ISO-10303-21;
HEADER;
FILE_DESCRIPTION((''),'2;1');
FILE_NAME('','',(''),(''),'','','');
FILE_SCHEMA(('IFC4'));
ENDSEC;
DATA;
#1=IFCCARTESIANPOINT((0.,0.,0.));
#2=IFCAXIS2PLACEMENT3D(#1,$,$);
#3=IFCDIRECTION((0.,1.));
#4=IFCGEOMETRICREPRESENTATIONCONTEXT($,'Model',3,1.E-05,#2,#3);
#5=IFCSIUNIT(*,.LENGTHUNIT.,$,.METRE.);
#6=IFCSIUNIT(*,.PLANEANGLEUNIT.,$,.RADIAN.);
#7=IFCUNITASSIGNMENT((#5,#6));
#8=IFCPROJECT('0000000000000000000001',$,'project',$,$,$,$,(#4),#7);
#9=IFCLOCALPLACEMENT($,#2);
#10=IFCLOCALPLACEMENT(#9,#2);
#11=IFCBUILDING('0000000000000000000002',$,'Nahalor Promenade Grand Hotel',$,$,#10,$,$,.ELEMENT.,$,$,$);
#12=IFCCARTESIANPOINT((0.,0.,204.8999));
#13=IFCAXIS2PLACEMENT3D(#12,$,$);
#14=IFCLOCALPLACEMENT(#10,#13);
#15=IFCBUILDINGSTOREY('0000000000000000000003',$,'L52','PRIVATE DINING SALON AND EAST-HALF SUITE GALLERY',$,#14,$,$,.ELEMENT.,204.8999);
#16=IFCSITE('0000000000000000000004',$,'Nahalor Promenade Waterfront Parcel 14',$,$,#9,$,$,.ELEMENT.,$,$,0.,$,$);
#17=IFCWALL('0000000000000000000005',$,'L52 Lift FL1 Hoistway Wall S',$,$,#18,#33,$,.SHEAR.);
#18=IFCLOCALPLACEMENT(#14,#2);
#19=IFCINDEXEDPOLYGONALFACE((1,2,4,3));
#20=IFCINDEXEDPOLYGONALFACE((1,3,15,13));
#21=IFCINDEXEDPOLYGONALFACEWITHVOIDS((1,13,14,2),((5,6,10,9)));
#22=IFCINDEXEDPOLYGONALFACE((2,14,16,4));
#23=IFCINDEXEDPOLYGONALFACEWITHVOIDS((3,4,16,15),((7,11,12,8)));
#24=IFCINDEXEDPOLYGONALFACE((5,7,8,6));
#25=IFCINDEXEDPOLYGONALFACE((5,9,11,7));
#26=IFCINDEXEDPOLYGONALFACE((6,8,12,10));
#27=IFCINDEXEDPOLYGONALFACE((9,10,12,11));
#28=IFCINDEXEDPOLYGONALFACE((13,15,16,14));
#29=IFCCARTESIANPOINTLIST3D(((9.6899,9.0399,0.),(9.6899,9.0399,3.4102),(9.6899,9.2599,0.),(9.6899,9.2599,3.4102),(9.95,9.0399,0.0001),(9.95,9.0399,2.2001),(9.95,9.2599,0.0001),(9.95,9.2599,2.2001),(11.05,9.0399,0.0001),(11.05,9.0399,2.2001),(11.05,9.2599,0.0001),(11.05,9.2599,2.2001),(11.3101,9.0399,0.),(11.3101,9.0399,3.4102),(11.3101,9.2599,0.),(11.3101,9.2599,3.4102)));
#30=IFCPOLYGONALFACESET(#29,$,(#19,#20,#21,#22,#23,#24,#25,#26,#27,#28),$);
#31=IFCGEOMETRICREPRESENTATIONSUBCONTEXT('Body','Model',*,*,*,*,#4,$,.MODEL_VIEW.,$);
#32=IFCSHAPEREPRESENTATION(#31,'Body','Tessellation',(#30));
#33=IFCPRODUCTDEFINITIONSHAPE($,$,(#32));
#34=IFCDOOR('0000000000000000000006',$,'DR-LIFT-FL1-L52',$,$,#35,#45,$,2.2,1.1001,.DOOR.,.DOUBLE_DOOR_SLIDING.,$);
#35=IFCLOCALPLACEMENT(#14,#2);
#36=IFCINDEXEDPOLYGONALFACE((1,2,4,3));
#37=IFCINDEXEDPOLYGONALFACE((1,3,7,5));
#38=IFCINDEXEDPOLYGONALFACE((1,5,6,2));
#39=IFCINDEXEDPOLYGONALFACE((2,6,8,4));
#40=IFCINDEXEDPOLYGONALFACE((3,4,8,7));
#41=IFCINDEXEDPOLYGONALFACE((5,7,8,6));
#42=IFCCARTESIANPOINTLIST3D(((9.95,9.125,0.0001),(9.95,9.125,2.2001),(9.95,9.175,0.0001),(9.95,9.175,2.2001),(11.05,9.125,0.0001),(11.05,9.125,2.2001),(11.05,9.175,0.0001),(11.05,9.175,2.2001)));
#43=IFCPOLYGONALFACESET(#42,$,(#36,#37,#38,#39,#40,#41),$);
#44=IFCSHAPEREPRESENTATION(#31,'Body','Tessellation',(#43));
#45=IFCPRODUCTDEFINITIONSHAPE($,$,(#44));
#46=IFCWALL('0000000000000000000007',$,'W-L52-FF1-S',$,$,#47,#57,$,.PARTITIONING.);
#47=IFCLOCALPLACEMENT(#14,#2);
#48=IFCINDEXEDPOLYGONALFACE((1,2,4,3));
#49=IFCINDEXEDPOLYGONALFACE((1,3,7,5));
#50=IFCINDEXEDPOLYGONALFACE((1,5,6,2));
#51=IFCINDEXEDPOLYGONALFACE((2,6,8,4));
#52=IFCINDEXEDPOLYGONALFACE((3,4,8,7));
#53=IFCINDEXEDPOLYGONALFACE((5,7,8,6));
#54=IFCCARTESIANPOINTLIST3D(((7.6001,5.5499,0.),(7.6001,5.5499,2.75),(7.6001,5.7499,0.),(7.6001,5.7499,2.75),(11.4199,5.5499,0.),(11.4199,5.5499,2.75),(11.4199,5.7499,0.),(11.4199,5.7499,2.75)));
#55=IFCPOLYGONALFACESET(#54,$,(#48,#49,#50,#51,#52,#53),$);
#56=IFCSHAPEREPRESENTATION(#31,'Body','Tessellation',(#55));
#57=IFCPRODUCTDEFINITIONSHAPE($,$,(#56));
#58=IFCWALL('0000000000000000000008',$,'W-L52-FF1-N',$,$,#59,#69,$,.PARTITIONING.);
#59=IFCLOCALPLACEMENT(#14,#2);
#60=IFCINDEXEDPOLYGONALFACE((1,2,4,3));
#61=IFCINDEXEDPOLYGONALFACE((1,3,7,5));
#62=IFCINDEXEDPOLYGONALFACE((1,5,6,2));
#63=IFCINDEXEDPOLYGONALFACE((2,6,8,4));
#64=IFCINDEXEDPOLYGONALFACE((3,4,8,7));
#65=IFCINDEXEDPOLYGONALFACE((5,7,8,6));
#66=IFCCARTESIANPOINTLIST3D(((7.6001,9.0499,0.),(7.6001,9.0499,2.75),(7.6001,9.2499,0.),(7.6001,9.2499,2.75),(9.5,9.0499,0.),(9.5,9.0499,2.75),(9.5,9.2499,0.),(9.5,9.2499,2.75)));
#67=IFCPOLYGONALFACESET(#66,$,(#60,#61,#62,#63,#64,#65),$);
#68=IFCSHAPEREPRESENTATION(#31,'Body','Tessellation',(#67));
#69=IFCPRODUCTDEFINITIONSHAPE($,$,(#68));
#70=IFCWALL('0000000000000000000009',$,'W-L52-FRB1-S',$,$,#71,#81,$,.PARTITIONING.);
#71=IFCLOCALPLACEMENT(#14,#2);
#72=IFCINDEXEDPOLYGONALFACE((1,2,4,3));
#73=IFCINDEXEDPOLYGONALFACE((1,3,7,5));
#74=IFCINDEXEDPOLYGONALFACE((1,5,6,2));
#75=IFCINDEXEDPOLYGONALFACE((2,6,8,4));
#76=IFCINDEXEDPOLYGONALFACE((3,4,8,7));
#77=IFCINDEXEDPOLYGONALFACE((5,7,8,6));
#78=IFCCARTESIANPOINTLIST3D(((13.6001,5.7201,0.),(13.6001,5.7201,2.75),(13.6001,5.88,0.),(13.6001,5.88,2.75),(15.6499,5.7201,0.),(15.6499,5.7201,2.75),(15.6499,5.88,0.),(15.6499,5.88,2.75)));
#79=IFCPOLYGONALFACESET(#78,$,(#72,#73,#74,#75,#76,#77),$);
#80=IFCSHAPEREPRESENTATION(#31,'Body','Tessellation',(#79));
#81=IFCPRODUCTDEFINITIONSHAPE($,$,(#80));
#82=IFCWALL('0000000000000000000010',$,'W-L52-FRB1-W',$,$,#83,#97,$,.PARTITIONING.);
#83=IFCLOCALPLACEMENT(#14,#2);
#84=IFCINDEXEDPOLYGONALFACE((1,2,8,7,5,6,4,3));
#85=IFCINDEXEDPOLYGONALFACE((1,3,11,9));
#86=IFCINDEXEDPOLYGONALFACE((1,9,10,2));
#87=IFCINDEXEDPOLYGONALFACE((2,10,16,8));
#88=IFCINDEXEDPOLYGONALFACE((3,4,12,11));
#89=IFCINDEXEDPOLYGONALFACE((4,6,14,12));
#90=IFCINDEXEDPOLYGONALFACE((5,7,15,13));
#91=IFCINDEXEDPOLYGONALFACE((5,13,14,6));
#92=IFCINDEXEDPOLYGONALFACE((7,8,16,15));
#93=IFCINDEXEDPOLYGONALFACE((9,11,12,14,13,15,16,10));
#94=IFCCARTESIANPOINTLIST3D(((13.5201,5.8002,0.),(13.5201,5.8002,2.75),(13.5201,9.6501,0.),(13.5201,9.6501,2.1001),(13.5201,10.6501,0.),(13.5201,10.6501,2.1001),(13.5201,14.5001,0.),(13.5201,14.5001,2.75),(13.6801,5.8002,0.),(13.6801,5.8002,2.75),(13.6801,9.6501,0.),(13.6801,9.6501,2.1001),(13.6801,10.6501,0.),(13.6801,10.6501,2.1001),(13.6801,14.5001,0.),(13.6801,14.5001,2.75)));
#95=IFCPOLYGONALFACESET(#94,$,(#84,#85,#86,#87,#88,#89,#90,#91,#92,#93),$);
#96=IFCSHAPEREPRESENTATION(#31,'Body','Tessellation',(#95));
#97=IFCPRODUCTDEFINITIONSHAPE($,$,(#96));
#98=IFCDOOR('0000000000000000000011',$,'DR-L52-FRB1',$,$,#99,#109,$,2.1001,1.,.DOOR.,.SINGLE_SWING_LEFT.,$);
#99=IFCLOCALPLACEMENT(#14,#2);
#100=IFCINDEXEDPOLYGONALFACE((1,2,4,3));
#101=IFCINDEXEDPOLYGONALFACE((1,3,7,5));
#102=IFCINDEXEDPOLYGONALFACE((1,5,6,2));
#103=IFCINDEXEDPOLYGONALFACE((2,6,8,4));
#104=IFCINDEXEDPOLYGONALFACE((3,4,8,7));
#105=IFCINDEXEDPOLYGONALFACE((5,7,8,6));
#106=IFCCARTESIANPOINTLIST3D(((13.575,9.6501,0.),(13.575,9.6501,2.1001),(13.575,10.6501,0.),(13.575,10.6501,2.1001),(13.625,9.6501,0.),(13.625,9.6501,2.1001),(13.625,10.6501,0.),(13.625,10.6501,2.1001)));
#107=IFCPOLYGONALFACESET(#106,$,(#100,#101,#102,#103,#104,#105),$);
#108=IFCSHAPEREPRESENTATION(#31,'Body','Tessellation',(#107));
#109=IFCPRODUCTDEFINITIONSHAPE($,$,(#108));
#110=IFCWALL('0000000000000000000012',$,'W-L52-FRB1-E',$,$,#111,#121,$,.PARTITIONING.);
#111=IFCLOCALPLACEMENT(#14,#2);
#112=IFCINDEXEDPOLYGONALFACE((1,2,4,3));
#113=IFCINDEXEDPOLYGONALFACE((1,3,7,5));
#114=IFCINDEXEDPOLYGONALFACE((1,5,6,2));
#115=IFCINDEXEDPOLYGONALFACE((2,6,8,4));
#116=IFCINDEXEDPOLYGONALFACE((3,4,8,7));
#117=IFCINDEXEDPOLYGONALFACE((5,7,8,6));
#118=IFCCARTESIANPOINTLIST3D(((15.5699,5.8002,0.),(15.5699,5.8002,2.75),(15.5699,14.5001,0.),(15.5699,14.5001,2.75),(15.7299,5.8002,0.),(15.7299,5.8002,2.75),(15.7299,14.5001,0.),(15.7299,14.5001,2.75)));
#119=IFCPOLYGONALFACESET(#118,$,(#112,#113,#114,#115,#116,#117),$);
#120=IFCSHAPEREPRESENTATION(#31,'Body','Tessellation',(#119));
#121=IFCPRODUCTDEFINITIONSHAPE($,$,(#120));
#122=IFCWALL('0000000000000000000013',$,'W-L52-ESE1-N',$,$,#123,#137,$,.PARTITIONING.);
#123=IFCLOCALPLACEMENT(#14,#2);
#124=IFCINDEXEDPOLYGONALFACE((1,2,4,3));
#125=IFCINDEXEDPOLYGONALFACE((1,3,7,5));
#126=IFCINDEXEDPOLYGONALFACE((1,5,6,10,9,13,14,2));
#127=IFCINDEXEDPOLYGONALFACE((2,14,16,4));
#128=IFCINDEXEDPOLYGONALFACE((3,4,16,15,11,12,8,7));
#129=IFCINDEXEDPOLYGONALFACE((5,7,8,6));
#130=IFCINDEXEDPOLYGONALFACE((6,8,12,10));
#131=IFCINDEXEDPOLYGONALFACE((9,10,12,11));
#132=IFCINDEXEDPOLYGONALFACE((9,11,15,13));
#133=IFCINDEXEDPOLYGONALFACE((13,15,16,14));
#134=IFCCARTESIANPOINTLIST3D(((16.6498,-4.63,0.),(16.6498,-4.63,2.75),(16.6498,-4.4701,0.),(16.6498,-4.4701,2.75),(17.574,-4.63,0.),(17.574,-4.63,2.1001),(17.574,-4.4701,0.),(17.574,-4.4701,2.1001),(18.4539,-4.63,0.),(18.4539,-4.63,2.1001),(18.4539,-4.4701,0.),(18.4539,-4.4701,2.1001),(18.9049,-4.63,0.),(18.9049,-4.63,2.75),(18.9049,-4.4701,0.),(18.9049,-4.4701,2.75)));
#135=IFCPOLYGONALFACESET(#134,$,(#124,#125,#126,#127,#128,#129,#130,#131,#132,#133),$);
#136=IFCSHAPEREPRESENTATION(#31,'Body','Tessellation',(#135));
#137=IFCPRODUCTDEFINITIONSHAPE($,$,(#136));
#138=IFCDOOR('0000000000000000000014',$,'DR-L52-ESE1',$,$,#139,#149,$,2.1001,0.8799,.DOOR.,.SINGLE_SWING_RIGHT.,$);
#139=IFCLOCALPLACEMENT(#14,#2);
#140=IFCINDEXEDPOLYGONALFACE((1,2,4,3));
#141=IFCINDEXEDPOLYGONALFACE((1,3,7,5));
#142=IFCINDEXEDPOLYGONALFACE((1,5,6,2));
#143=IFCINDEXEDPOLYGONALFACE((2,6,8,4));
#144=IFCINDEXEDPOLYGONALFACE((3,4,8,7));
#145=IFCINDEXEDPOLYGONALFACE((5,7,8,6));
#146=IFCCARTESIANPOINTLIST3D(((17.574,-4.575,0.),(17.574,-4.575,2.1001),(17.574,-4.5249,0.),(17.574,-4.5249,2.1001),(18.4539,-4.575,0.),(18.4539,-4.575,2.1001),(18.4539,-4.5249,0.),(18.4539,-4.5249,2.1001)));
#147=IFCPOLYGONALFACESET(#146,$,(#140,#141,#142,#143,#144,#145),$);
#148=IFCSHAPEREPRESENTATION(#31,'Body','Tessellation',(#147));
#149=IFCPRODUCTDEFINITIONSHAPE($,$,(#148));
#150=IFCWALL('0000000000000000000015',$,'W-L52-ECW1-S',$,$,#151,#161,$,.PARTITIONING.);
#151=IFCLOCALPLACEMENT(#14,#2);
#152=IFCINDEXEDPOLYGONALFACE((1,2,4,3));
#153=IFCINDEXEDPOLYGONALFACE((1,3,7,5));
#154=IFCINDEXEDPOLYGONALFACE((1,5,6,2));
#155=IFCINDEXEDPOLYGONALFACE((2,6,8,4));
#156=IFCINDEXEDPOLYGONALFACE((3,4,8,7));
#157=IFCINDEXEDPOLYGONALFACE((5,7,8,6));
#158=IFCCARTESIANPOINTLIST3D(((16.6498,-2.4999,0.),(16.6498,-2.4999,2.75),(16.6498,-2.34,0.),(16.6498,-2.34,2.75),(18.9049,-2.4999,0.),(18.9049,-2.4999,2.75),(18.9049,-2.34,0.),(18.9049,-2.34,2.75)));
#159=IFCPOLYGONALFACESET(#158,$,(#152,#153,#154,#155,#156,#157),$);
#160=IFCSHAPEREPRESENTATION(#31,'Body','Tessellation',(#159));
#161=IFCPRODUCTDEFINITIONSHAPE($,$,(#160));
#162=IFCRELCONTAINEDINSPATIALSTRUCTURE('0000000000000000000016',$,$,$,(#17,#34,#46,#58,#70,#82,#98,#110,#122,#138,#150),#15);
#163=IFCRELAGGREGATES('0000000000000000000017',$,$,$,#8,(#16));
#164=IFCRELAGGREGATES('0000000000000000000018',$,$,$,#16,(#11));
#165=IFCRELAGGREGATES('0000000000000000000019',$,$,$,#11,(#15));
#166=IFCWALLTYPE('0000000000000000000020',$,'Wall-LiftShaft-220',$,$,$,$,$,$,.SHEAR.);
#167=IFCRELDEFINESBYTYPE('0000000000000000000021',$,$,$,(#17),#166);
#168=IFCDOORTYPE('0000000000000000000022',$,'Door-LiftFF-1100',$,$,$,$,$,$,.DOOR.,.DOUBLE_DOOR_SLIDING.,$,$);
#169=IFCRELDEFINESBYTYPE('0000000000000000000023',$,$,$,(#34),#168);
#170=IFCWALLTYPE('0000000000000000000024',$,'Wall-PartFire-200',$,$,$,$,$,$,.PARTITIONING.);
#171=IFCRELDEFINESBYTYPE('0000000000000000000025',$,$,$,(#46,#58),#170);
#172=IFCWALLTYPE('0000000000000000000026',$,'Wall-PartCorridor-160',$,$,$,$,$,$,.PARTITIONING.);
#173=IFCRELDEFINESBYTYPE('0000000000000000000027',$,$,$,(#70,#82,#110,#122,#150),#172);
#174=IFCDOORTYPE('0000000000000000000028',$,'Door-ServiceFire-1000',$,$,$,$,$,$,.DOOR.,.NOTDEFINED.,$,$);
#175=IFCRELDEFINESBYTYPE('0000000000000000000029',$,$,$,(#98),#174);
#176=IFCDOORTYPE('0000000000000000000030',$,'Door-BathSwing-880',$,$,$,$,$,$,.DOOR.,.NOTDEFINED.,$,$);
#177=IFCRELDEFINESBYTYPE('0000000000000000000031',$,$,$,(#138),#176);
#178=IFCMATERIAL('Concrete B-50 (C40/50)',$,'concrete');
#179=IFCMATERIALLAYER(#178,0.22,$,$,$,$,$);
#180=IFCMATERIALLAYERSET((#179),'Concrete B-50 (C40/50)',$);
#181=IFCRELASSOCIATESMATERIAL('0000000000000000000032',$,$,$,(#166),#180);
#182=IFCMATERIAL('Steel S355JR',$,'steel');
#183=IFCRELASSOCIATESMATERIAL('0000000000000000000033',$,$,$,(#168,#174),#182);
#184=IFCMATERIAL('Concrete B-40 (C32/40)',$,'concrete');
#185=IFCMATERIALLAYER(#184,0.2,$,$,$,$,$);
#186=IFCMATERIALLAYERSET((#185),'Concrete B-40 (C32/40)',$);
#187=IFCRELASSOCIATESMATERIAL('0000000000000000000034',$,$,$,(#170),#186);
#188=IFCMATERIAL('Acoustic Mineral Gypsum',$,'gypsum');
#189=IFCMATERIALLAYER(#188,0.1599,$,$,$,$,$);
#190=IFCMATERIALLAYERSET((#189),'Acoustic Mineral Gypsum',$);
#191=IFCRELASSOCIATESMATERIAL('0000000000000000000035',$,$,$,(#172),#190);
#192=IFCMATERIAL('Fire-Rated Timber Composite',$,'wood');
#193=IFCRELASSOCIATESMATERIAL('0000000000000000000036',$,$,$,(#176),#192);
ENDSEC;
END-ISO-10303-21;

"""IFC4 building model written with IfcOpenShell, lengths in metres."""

from ifc_helpers import new_model, si_unit, direction, frame, frame_2d, origin, place, context, subcontext, project, spatial, rectangle, extrude, source, transform, mapped, material, layer, layer_set, type_object, element, fill, save


model = new_model("IFC4")

# Units and contexts
model_context = context("Model", 3, precision=1e-05, world=origin(), true_north=direction((0.0, 1.0)))
body_context = subcontext(model_context, "Body", "Model", "MODEL_VIEW")
ifc_project = project(units=[si_unit("LENGTHUNIT", "METRE"), si_unit("PLANEANGLEUNIT", "RADIAN")], contexts=[model_context])

# Site, building, storey
site_placement = place(None, origin())
site = spatial("IfcSite", under=ifc_project, at=site_placement, Name="Nahalor Promenade Waterfront Parcel 14", CompositionType="ELEMENT", RefElevation=0.0)
building_placement = place(site_placement, origin())
building = spatial("IfcBuilding", under=site, at=building_placement, Name="Nahalor Promenade Grand Hotel", CompositionType="ELEMENT")
storey_placement = place(building_placement, frame((0.0, 0.0, 204.8999)))
storey = spatial("IfcBuildingStorey", under=building, at=storey_placement, Name="L52", Description="PRIVATE DINING SALON AND EAST-HALF SUITE GALLERY", CompositionType="ELEMENT", Elevation=204.8999)

# Shared definitions
ifc_material_1 = material(Name="Steel S355JR", Category="steel")

# Shared definitions
ifc_material_2 = material(Name="Concrete B-50 (C40/50)", Category="concrete")

# Shared definitions
ifc_layer_1 = layer(ifc_material_2, 0.22)
ifc_layer_set_1 = layer_set([ifc_layer_1], Name="Concrete B-50 (C40/50)")
wall_type_1 = type_object("IfcWallType", Name="Wall-LiftShaft-220", PredefinedType="SHEAR", material=ifc_layer_set_1)

# Wall, opening, door
shared_shape_1 = source(origin(), body_context, "Body", "SweptSolid", [
    extrude(rectangle(XDim=1.6201, YDim=0.22, at=frame_2d((0.8101, 0.0))), origin(), (0.0, 0.0, 1.0), 3.4102),
])
wall_1_placement = place(storey_placement, frame((9.6899, 9.1499, 0.0), z_axis=(0.0, 0.0, 1.0), x_axis=(1.0, 0.0, 0.0)))
wall_1 = element("IfcWall", 1, at=wall_1_placement, inside=storey, type_object=wall_type_1, Name="L52 Lift FL1 Hoistway Wall S", PredefinedType="SHEAR", context=body_context, shape_type="MappedRepresentation", body=[
    mapped(shared_shape_1, transform((0.0, 0.0, 0.0), scale=1.0)),
])
opening_1_placement = place(wall_1_placement, frame((0.26, 0.0, 0.0)))
opening_1 = element("IfcOpeningElement", 2, at=opening_1_placement, cuts=wall_1, PredefinedType="OPENING", context=body_context, shape_type="SweptSolid", body=[
    extrude(rectangle(XDim=1.1001, YDim=2.2, at=frame_2d((0.55, 1.1001))), frame((0.0, 0.1199, 0.0), z_axis=(0.0, -1.0, 0.0), x_axis=(1.0, 0.0, 0.0)), (0.0, 0.0, 1.0), 0.24),
])
door_type_1 = type_object("IfcDoorType", Name="Door-LiftFF-1100", OperationType="DOUBLE_DOOR_SLIDING", PredefinedType="DOOR", material=ifc_material_1)
shared_shape_2 = source(origin(), body_context, "Body", "SweptSolid", [
    extrude(rectangle(XDim=1.1001, YDim=2.2, at=frame_2d((0.55, 1.1001))), frame((0.0, 0.0249, 0.0), z_axis=(0.0, -1.0, 0.0), x_axis=(1.0, 0.0, 0.0)), (0.0, 0.0, 1.0), 0.05),
])
door_1_placement = place(opening_1_placement, frame((1.1001, 0.0, 0.0), z_axis=(0.0, 0.0, 1.0), x_axis=(-1.0, 0.0, 0.0)))
door_1 = element("IfcDoor", 3, at=door_1_placement, inside=storey, type_object=door_type_1, Name="DR-LIFT-FL1-L52", OperationType="DOUBLE_DOOR_SLIDING", OverallHeight=2.2, OverallWidth=1.1001, PredefinedType="DOOR", context=body_context, shape_type="MappedRepresentation", body=[
    mapped(shared_shape_2, transform((0.0, 0.0, 0.0), scale=1.0)),
])
fill(opening_1, door_1)

# Walls
ifc_material_3 = material(Name="Concrete B-40 (C32/40)", Category="concrete")
ifc_layer_2 = layer(ifc_material_3, 0.2)
ifc_layer_set_2 = layer_set([ifc_layer_2], Name="Concrete B-40 (C32/40)")
wall_type_2 = type_object("IfcWallType", Name="Wall-PartFire-200", PredefinedType="PARTITIONING", material=ifc_layer_set_2)
shared_shape_3 = source(origin(), body_context, "Body", "SweptSolid", [
    extrude(rectangle(XDim=3.8198, YDim=0.2, at=frame_2d((1.9099, 0.0))), origin(), (0.0, 0.0, 1.0), 2.75),
])
wall_2_placement = place(storey_placement, frame((7.6001, 5.6499, 0.0), z_axis=(0.0, 0.0, 1.0), x_axis=(1.0, 0.0, 0.0)))
element("IfcWall", 4, at=wall_2_placement, inside=storey, type_object=wall_type_2, Name="W-L52-FF1-S", PredefinedType="PARTITIONING", context=body_context, shape_type="MappedRepresentation", body=[
    mapped(shared_shape_3, transform((0.0, 0.0, 0.0), scale=1.0)),
])
shared_shape_4 = source(origin(), body_context, "Body", "SweptSolid", [
    extrude(rectangle(XDim=1.8999, YDim=0.2, at=frame_2d((0.95, 0.0))), origin(), (0.0, 0.0, 1.0), 2.75),
])
wall_3_placement = place(storey_placement, frame((7.6001, 9.1499, 0.0), z_axis=(0.0, 0.0, 1.0), x_axis=(1.0, 0.0, 0.0)))
element("IfcWall", 5, at=wall_3_placement, inside=storey, type_object=wall_type_2, Name="W-L52-FF1-N", PredefinedType="PARTITIONING", context=body_context, shape_type="MappedRepresentation", body=[
    mapped(shared_shape_4, transform((0.0, 0.0, 0.0), scale=1.0)),
])

# Wall
ifc_material_4 = material(Name="Acoustic Mineral Gypsum", Category="gypsum")
ifc_layer_3 = layer(ifc_material_4, 0.1599)
ifc_layer_set_3 = layer_set([ifc_layer_3], Name="Acoustic Mineral Gypsum")
wall_type_3 = type_object("IfcWallType", Name="Wall-PartCorridor-160", PredefinedType="PARTITIONING", material=ifc_layer_set_3)
shared_shape_5 = source(origin(), body_context, "Body", "SweptSolid", [
    extrude(rectangle(XDim=2.0498, YDim=0.1599, at=frame_2d((1.0249, 0.0))), origin(), (0.0, 0.0, 1.0), 2.75),
])
wall_4_placement = place(storey_placement, frame((13.6001, 5.8, 0.0), z_axis=(0.0, 0.0, 1.0), x_axis=(1.0, 0.0, 0.0)))
element("IfcWall", 6, at=wall_4_placement, inside=storey, type_object=wall_type_3, Name="W-L52-FRB1-S", PredefinedType="PARTITIONING", context=body_context, shape_type="MappedRepresentation", body=[
    mapped(shared_shape_5, transform((0.0, 0.0, 0.0), scale=1.0)),
])

# Wall, opening, door
shared_shape_6 = source(origin(), body_context, "Body", "SweptSolid", [
    extrude(rectangle(XDim=8.7, YDim=0.1599, at=frame_2d((4.3501, 0.0))), origin(), (0.0, 0.0, 1.0), 2.75),
])
wall_5_placement = place(storey_placement, frame((13.6001, 5.8, 0.0), z_axis=(0.0, 0.0, 1.0), x_axis=(0.0, 1.0, 0.0)))
wall_5 = element("IfcWall", 7, at=wall_5_placement, inside=storey, type_object=wall_type_3, Name="W-L52-FRB1-W", PredefinedType="PARTITIONING", context=body_context, shape_type="MappedRepresentation", body=[
    mapped(shared_shape_6, transform((0.0, 0.0, 0.0), scale=1.0)),
])
opening_2_placement = place(wall_5_placement, frame((3.8501, 0.0, 0.0)))
opening_2 = element("IfcOpeningElement", 8, at=opening_2_placement, cuts=wall_5, PredefinedType="OPENING", context=body_context, shape_type="SweptSolid", body=[
    extrude(rectangle(XDim=1.0, YDim=2.1001, at=frame_2d((0.5, 1.05))), frame((0.0, 0.0898, 0.0), z_axis=(0.0, -1.0, 0.0), x_axis=(1.0, 0.0, 0.0)), (0.0, 0.0, 1.0), 0.1799),
])
door_type_2 = type_object("IfcDoorType", Name="Door-ServiceFire-1000", OperationType="NOTDEFINED", PredefinedType="DOOR", material=ifc_material_1)
shared_shape_7 = source(origin(), body_context, "Body", "SweptSolid", [
    extrude(rectangle(XDim=1.0, YDim=2.1001, at=frame_2d((0.5, 1.05))), frame((0.0, 0.0249, 0.0), z_axis=(0.0, -1.0, 0.0), x_axis=(1.0, 0.0, 0.0)), (0.0, 0.0, 1.0), 0.05),
])
door_2_placement = place(opening_2_placement, frame((1.0, 0.0, 0.0), z_axis=(0.0, 0.0, 1.0), x_axis=(-1.0, 0.0, 0.0)))
door_2 = element("IfcDoor", 9, at=door_2_placement, inside=storey, type_object=door_type_2, Name="DR-L52-FRB1", OperationType="SINGLE_SWING_LEFT", OverallHeight=2.1001, OverallWidth=1.0, PredefinedType="DOOR", context=body_context, shape_type="MappedRepresentation", body=[
    mapped(shared_shape_7, transform((0.0, 0.0, 0.0), scale=1.0)),
])
fill(opening_2, door_2)

# Wall
wall_6_placement = place(storey_placement, frame((15.6499, 5.8, 0.0), z_axis=(0.0, 0.0, 1.0), x_axis=(0.0, 1.0, 0.0)))
element("IfcWall", 10, at=wall_6_placement, inside=storey, type_object=wall_type_3, Name="W-L52-FRB1-E", PredefinedType="PARTITIONING", context=body_context, shape_type="MappedRepresentation", body=[
    mapped(shared_shape_6, transform((0.0, 0.0, 0.0), scale=1.0)),
])

# Wall, opening, door
shared_shape_8 = source(origin(), body_context, "Body", "SweptSolid", [
    extrude(rectangle(XDim=2.2551, YDim=0.1599, at=frame_2d((1.1274, 0.0))), origin(), (0.0, 0.0, 1.0), 2.75),
])
wall_7_placement = place(storey_placement, frame((16.6499, -4.55, 0.0), z_axis=(0.0, 0.0, 1.0), x_axis=(1.0, 0.0, 0.0)))
wall_7 = element("IfcWall", 11, at=wall_7_placement, inside=storey, type_object=wall_type_3, Name="W-L52-ESE1-N", PredefinedType="PARTITIONING", context=body_context, shape_type="MappedRepresentation", body=[
    mapped(shared_shape_8, transform((0.0, 0.0, 0.0), scale=1.0)),
])
opening_3_placement = place(wall_7_placement, frame((0.9241, 0.0, 0.0)))
opening_3 = element("IfcOpeningElement", 12, at=opening_3_placement, cuts=wall_7, PredefinedType="OPENING", context=body_context, shape_type="SweptSolid", body=[
    extrude(rectangle(XDim=0.8799, YDim=2.1001, at=frame_2d((0.4399, 1.05))), frame((0.0, 0.0898, 0.0), z_axis=(0.0, -1.0, 0.0), x_axis=(1.0, 0.0, 0.0)), (0.0, 0.0, 1.0), 0.1799),
])
ifc_material_5 = material(Name="Fire-Rated Timber Composite", Category="wood")
door_type_3 = type_object("IfcDoorType", Name="Door-BathSwing-880", OperationType="NOTDEFINED", PredefinedType="DOOR", material=ifc_material_5)
shared_shape_9 = source(origin(), body_context, "Body", "SweptSolid", [
    extrude(rectangle(XDim=0.8799, YDim=2.1001, at=frame_2d((0.4399, 1.05))), frame((0.0, 0.0249, 0.0), z_axis=(0.0, -1.0, 0.0), x_axis=(1.0, 0.0, 0.0)), (0.0, 0.0, 1.0), 0.05),
])
door_3_placement = place(opening_3_placement, frame((0.8799, 0.0, 0.0), z_axis=(0.0, 0.0, 1.0), x_axis=(-1.0, 0.0, 0.0)))
door_3 = element("IfcDoor", 13, at=door_3_placement, inside=storey, type_object=door_type_3, Name="DR-L52-ESE1", OperationType="SINGLE_SWING_RIGHT", OverallHeight=2.1001, OverallWidth=0.8799, PredefinedType="DOOR", context=body_context, shape_type="MappedRepresentation", body=[
    mapped(shared_shape_9, transform((0.0, 0.0, 0.0), scale=1.0)),
])
fill(opening_3, door_3)

# Wall
wall_8_placement = place(storey_placement, frame((16.6499, -2.4199, 0.0), z_axis=(0.0, 0.0, 1.0), x_axis=(1.0, 0.0, 0.0)))
element("IfcWall", 14, at=wall_8_placement, inside=storey, type_object=wall_type_3, Name="W-L52-ECW1-S", PredefinedType="PARTITIONING", context=body_context, shape_type="MappedRepresentation", body=[
    mapped(shared_shape_8, transform((0.0, 0.0, 0.0), scale=1.0)),
])

save(model, "model.ifc")
